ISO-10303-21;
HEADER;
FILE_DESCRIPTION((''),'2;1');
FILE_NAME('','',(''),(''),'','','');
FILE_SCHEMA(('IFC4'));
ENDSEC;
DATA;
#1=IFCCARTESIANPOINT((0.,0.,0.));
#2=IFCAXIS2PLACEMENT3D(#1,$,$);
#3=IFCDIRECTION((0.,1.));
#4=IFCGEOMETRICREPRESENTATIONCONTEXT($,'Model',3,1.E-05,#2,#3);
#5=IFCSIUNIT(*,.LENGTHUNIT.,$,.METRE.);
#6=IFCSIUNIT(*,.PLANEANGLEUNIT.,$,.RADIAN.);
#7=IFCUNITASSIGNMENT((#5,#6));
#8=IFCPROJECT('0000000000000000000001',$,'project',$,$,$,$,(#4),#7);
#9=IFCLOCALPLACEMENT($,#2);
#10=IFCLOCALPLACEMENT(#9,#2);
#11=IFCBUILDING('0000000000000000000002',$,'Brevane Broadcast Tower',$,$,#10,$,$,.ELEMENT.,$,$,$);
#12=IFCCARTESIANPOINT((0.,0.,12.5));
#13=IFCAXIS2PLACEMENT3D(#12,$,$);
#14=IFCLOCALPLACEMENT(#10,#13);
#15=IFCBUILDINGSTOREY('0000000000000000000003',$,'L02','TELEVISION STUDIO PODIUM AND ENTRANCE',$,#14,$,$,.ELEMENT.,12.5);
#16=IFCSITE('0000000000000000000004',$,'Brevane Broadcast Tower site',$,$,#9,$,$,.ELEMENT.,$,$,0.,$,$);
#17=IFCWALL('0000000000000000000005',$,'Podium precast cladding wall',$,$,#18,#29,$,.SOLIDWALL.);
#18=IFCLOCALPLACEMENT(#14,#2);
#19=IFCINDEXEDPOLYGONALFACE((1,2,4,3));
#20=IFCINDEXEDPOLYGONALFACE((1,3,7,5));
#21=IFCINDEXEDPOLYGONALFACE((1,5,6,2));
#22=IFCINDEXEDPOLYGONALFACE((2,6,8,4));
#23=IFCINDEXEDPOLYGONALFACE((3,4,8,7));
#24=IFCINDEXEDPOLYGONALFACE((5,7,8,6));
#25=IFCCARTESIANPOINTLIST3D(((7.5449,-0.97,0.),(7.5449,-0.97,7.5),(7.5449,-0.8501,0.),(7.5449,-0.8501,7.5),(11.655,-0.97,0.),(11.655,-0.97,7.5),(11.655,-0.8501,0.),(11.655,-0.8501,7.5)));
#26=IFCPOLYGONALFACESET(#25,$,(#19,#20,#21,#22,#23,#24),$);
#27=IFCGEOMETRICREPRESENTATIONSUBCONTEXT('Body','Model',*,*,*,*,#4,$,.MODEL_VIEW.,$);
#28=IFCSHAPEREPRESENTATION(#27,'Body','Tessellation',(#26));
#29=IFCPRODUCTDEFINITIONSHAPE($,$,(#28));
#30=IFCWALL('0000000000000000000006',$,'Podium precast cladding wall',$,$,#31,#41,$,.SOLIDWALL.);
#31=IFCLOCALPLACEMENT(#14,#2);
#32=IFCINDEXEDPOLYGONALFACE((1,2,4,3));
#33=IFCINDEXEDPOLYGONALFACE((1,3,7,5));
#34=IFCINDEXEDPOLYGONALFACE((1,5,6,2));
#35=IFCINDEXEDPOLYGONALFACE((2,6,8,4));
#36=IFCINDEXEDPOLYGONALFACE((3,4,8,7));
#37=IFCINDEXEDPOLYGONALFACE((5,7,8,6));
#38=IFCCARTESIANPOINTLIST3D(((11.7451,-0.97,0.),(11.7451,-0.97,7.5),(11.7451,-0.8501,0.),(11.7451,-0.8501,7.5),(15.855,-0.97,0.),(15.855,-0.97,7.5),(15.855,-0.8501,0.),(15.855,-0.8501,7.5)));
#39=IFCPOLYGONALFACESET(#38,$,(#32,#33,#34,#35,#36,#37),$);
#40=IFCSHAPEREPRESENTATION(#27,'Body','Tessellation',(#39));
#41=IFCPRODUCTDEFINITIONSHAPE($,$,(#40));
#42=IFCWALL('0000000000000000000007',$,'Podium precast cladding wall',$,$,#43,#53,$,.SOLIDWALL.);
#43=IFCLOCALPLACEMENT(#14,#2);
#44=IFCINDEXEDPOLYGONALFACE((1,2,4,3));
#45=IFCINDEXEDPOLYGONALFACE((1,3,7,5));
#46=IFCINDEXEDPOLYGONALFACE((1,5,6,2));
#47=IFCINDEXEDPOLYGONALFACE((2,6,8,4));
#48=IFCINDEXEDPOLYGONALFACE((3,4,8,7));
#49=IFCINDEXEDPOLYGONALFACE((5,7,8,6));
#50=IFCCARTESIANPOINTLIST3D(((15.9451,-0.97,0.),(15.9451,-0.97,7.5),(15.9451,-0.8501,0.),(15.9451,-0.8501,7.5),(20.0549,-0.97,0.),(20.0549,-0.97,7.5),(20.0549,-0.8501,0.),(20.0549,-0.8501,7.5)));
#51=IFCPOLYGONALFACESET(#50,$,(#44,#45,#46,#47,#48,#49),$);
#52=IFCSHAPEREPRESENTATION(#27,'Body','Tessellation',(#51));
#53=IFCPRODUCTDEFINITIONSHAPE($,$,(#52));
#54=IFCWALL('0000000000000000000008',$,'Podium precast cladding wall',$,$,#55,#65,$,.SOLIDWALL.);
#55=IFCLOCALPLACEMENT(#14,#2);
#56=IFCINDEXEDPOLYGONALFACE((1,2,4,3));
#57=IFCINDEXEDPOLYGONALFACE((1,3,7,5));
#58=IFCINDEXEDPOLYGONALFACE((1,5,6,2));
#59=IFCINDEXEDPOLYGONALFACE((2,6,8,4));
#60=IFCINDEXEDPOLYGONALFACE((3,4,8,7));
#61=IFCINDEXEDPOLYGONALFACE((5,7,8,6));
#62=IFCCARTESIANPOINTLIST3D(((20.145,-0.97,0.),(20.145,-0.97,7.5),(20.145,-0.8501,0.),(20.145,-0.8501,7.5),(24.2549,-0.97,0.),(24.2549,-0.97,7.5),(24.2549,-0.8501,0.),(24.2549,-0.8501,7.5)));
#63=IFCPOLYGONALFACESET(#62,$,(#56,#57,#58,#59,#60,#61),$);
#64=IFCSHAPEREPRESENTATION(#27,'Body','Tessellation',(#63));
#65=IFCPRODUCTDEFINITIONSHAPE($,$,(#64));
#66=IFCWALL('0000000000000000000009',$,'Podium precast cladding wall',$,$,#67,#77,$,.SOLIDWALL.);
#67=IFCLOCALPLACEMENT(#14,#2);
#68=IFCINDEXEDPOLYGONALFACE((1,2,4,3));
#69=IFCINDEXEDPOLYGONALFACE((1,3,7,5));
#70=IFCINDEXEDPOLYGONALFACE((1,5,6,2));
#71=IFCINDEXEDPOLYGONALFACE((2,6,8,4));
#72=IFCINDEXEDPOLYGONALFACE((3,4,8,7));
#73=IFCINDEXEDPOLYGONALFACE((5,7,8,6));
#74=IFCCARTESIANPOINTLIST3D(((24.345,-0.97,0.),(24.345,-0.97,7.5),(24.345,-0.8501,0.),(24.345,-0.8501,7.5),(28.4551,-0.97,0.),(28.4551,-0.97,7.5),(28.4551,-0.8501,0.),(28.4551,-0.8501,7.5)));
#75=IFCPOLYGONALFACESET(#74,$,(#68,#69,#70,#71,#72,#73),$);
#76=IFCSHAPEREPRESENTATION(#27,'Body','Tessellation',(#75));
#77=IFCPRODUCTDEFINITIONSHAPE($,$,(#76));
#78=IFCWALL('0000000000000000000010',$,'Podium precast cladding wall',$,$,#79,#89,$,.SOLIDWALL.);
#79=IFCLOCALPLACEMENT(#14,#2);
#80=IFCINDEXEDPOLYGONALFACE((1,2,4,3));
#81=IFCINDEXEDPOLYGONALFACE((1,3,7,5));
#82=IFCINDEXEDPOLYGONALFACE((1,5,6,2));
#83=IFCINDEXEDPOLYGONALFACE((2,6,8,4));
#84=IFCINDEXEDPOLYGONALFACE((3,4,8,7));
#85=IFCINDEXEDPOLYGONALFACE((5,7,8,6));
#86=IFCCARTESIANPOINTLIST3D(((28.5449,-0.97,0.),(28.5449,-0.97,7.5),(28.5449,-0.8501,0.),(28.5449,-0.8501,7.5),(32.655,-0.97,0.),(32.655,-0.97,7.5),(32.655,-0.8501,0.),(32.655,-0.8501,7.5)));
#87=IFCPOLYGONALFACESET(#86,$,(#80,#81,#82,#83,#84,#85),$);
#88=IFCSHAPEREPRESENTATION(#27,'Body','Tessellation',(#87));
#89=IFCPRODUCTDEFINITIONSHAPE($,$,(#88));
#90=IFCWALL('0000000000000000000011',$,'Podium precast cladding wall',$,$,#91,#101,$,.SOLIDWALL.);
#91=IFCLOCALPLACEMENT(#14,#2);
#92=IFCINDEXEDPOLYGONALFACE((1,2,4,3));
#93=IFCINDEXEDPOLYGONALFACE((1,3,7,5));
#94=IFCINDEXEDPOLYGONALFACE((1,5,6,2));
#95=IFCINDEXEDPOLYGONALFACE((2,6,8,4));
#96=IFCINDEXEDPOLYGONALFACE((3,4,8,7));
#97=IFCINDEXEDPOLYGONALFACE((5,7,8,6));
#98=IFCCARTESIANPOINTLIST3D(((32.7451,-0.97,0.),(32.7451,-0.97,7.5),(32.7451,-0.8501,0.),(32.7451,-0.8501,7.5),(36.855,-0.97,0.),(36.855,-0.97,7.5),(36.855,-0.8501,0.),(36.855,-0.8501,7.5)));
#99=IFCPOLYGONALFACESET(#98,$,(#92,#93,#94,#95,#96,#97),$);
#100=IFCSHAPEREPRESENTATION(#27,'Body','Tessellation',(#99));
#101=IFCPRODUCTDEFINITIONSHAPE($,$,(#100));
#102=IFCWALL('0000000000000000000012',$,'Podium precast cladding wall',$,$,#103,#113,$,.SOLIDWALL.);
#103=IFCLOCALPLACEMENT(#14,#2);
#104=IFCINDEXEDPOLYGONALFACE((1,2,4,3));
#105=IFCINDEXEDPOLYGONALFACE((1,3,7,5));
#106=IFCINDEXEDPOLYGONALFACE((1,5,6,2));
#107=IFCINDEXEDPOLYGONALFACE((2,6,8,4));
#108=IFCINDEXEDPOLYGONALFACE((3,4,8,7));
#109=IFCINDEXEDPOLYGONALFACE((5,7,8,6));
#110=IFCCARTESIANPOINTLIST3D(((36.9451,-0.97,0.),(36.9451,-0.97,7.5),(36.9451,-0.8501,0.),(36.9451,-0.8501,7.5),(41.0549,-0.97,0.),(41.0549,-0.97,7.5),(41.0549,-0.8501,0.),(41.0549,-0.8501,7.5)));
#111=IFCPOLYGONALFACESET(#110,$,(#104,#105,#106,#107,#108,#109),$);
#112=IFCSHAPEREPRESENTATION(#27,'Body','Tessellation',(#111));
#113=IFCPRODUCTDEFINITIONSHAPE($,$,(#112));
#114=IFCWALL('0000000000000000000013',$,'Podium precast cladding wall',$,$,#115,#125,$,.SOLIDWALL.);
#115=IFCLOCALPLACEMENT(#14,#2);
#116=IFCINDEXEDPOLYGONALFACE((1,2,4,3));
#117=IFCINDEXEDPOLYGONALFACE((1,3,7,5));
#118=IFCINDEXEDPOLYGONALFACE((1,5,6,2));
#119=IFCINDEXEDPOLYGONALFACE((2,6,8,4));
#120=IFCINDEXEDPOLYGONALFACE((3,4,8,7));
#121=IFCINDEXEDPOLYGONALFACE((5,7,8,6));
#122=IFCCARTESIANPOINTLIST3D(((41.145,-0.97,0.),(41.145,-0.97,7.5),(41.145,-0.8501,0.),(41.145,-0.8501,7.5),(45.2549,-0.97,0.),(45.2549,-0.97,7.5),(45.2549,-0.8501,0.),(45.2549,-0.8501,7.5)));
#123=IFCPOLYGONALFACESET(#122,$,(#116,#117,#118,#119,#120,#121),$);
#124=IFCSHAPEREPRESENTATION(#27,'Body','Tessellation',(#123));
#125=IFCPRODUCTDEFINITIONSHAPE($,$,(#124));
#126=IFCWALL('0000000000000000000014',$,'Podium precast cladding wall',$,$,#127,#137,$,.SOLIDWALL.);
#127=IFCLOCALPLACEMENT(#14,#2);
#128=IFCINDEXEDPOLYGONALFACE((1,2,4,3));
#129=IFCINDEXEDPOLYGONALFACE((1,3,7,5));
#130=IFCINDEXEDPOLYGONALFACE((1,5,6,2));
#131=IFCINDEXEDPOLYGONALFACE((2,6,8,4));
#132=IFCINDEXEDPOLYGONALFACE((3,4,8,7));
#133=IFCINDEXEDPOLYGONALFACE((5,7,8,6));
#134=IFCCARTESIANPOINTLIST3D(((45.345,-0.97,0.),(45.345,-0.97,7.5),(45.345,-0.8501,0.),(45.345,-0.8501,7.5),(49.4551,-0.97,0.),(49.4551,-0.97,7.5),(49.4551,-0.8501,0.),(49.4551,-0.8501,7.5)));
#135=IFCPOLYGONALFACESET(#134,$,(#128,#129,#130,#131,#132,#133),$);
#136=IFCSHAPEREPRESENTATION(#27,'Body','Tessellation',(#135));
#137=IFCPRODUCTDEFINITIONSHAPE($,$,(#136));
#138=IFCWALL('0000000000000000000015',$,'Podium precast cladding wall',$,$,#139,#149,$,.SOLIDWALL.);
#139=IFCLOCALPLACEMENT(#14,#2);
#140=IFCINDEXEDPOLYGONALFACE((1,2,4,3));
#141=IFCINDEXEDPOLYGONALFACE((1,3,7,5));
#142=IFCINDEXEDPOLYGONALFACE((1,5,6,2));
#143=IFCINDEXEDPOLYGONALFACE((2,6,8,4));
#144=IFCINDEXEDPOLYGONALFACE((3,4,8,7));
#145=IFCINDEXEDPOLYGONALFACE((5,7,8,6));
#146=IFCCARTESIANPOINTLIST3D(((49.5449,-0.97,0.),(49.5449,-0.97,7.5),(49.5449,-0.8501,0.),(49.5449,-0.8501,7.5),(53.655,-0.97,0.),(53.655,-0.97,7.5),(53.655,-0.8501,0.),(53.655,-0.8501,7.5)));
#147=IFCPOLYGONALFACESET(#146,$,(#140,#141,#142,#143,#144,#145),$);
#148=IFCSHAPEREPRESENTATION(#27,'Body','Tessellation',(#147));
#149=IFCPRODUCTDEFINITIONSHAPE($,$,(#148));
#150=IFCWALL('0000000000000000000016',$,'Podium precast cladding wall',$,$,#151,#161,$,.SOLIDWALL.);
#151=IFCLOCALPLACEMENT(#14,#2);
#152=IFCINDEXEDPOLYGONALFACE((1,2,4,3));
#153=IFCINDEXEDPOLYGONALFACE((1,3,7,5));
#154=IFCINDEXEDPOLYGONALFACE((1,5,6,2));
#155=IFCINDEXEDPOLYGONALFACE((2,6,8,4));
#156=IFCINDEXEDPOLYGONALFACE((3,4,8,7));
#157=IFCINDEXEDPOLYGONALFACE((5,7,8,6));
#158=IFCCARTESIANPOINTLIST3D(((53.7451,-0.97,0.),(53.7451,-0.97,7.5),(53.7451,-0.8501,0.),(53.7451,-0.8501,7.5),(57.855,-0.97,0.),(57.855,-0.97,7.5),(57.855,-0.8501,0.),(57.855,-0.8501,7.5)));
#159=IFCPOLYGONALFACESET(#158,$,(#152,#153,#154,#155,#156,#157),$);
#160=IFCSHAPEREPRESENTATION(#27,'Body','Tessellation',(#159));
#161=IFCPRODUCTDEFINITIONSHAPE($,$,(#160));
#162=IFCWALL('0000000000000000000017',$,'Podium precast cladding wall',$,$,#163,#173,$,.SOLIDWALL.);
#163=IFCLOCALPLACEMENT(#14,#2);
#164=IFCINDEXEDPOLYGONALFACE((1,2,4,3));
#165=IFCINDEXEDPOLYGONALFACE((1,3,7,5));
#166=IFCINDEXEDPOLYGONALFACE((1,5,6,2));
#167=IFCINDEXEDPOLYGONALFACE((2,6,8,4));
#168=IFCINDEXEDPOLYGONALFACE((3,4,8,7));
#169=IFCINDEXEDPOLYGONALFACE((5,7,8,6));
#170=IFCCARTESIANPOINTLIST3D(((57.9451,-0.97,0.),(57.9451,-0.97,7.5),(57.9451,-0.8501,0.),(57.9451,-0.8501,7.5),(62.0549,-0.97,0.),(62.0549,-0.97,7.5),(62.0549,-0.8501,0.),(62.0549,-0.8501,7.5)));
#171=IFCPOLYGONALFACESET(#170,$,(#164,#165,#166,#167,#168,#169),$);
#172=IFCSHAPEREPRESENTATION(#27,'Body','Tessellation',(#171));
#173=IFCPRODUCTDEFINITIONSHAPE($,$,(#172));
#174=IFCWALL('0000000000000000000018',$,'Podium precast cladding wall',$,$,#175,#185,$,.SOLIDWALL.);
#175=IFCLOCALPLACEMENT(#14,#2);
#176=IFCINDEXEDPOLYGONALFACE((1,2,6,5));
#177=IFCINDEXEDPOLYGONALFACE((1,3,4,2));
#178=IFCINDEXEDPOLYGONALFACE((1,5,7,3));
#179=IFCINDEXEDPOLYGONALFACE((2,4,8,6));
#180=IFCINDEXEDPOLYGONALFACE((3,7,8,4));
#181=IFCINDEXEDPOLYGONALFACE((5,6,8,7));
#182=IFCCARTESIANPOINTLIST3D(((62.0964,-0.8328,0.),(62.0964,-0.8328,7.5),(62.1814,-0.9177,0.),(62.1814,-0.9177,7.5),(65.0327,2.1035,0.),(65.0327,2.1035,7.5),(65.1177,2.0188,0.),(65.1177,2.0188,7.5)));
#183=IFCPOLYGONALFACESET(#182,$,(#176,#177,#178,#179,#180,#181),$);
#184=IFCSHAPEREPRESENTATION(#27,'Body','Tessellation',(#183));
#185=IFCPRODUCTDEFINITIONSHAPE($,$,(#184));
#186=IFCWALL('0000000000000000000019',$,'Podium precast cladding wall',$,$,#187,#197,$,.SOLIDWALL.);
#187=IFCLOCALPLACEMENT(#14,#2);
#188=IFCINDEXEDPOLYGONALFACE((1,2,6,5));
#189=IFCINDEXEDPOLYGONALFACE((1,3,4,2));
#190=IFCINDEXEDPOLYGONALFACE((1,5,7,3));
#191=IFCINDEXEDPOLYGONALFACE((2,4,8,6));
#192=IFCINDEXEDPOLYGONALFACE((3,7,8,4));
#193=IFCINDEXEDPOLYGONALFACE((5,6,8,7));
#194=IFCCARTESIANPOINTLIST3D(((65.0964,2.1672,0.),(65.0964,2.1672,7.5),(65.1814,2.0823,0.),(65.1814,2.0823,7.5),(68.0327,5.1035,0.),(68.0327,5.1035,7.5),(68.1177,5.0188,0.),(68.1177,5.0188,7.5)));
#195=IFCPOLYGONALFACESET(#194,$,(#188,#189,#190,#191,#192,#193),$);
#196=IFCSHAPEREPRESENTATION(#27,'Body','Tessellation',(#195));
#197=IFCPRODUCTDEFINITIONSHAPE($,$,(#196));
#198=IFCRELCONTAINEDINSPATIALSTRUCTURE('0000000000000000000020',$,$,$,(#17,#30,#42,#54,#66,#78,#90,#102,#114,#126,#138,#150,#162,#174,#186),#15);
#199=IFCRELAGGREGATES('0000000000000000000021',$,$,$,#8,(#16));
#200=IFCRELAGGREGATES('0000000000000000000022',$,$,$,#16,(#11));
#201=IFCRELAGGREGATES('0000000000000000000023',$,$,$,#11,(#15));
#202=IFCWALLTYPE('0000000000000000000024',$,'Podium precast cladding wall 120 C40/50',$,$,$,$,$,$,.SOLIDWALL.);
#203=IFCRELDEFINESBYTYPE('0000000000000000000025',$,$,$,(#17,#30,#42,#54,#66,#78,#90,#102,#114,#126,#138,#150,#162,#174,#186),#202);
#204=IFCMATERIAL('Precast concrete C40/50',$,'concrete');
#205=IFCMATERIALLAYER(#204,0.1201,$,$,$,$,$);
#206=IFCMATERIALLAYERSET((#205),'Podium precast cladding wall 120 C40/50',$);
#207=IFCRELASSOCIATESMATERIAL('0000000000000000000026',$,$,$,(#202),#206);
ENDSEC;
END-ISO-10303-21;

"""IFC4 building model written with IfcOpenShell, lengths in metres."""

from ifc_helpers import new_model, si_unit, direction, frame, origin, place, context, subcontext, project, spatial, polyline, outline, extrude, material, layer, layer_set, type_object, element, save


model = new_model("IFC4")

# Units and contexts
model_context = context("Model", 3, precision=1e-05, world=origin(), true_north=direction((0.0, 1.0)))
body_context = subcontext(model_context, "Body", "Model", "MODEL_VIEW")
ifc_project = project(units=[si_unit("LENGTHUNIT", "METRE"), si_unit("PLANEANGLEUNIT", "RADIAN")], contexts=[model_context])

# Site, building, storey
site_placement = place(None, origin())
site = spatial("IfcSite", under=ifc_project, at=site_placement, Name="Brevane Broadcast Tower site", CompositionType="ELEMENT", RefElevation=0.0)
building_placement = place(site_placement, origin())
building = spatial("IfcBuilding", under=site, at=building_placement, Name="Brevane Broadcast Tower", CompositionType="ELEMENT")
storey_placement = place(building_placement, frame((0.0, 0.0, 12.5)))
storey = spatial("IfcBuildingStorey", under=building, at=storey_placement, Name="L02", Description="TELEVISION STUDIO PODIUM AND ENTRANCE", CompositionType="ELEMENT", Elevation=12.5)

# Walls
ifc_material = material(Name="Precast concrete C40/50", Category="concrete")
ifc_layer = layer(ifc_material, 0.1201)
ifc_layer_set = layer_set([ifc_layer], Name="Podium precast cladding wall 120 C40/50")
wall_type = type_object("IfcWallType", Name="Podium precast cladding wall 120 C40/50", PredefinedType="SOLIDWALL", material=ifc_layer_set)
wall_1_placement = place(storey_placement, origin())
element("IfcWall", 1, at=wall_1_placement, inside=storey, type_object=wall_type, Name="Podium precast cladding wall", PredefinedType="SOLIDWALL", context=body_context, shape_type="SweptSolid", body=[
    extrude(outline(polyline([(11.655, -0.97), (11.655, -0.8501), (7.5449, -0.8501), (7.5449, -0.97), (11.655, -0.97)])), origin(), (0.0, 0.0, 1.0), 7.5),
])
wall_2_placement = place(storey_placement, origin())
element("IfcWall", 2, at=wall_2_placement, inside=storey, type_object=wall_type, Name="Podium precast cladding wall", PredefinedType="SOLIDWALL", context=body_context, shape_type="SweptSolid", body=[
    extrude(outline(polyline([(15.855, -0.97), (15.855, -0.8501), (11.7451, -0.8501), (11.7451, -0.97), (15.855, -0.97)])), origin(), (0.0, 0.0, 1.0), 7.5),
])
wall_3_placement = place(storey_placement, origin())
element("IfcWall", 3, at=wall_3_placement, inside=storey, type_object=wall_type, Name="Podium precast cladding wall", PredefinedType="SOLIDWALL", context=body_context, shape_type="SweptSolid", body=[
    extrude(outline(polyline([(20.0549, -0.97), (20.0549, -0.8501), (15.9451, -0.8501), (15.9451, -0.97), (20.0549, -0.97)])), origin(), (0.0, 0.0, 1.0), 7.5),
])
wall_4_placement = place(storey_placement, origin())
element("IfcWall", 4, at=wall_4_placement, inside=storey, type_object=wall_type, Name="Podium precast cladding wall", PredefinedType="SOLIDWALL", context=body_context, shape_type="SweptSolid", body=[
    extrude(outline(polyline([(24.2549, -0.97), (24.2549, -0.8501), (20.145, -0.8501), (20.145, -0.97), (24.2549, -0.97)])), origin(), (0.0, 0.0, 1.0), 7.5),
])
wall_5_placement = place(storey_placement, origin())
element("IfcWall", 5, at=wall_5_placement, inside=storey, type_object=wall_type, Name="Podium precast cladding wall", PredefinedType="SOLIDWALL", context=body_context, shape_type="SweptSolid", body=[
    extrude(outline(polyline([(28.4551, -0.97), (28.4551, -0.8501), (24.345, -0.8501), (24.345, -0.97), (28.4551, -0.97)])), origin(), (0.0, 0.0, 1.0), 7.5),
])
wall_6_placement = place(storey_placement, origin())
element("IfcWall", 6, at=wall_6_placement, inside=storey, type_object=wall_type, Name="Podium precast cladding wall", PredefinedType="SOLIDWALL", context=body_context, shape_type="SweptSolid", body=[
    extrude(outline(polyline([(32.655, -0.97), (32.655, -0.8501), (28.5449, -0.8501), (28.5449, -0.97), (32.655, -0.97)])), origin(), (0.0, 0.0, 1.0), 7.5),
])
wall_7_placement = place(storey_placement, origin())
element("IfcWall", 7, at=wall_7_placement, inside=storey, type_object=wall_type, Name="Podium precast cladding wall", PredefinedType="SOLIDWALL", context=body_context, shape_type="SweptSolid", body=[
    extrude(outline(polyline([(36.855, -0.97), (36.855, -0.8501), (32.7451, -0.8501), (32.7451, -0.97), (36.855, -0.97)])), origin(), (0.0, 0.0, 1.0), 7.5),
])
wall_8_placement = place(storey_placement, origin())
element("IfcWall", 8, at=wall_8_placement, inside=storey, type_object=wall_type, Name="Podium precast cladding wall", PredefinedType="SOLIDWALL", context=body_context, shape_type="SweptSolid", body=[
    extrude(outline(polyline([(41.0549, -0.97), (41.0549, -0.8501), (36.9451, -0.8501), (36.9451, -0.97), (41.0549, -0.97)])), origin(), (0.0, 0.0, 1.0), 7.5),
])
wall_9_placement = place(storey_placement, origin())
element("IfcWall", 9, at=wall_9_placement, inside=storey, type_object=wall_type, Name="Podium precast cladding wall", PredefinedType="SOLIDWALL", context=body_context, shape_type="SweptSolid", body=[
    extrude(outline(polyline([(45.2549, -0.97), (45.2549, -0.8501), (41.145, -0.8501), (41.145, -0.97), (45.2549, -0.97)])), origin(), (0.0, 0.0, 1.0), 7.5),
])
wall_10_placement = place(storey_placement, origin())
element("IfcWall", 10, at=wall_10_placement, inside=storey, type_object=wall_type, Name="Podium precast cladding wall", PredefinedType="SOLIDWALL", context=body_context, shape_type="SweptSolid", body=[
    extrude(outline(polyline([(49.4551, -0.97), (49.4551, -0.8501), (45.345, -0.8501), (45.345, -0.97), (49.4551, -0.97)])), origin(), (0.0, 0.0, 1.0), 7.5),
])
wall_11_placement = place(storey_placement, origin())
element("IfcWall", 11, at=wall_11_placement, inside=storey, type_object=wall_type, Name="Podium precast cladding wall", PredefinedType="SOLIDWALL", context=body_context, shape_type="SweptSolid", body=[
    extrude(outline(polyline([(53.655, -0.97), (53.655, -0.8501), (49.5449, -0.8501), (49.5449, -0.97), (53.655, -0.97)])), origin(), (0.0, 0.0, 1.0), 7.5),
])
wall_12_placement = place(storey_placement, origin())
element("IfcWall", 12, at=wall_12_placement, inside=storey, type_object=wall_type, Name="Podium precast cladding wall", PredefinedType="SOLIDWALL", context=body_context, shape_type="SweptSolid", body=[
    extrude(outline(polyline([(57.855, -0.97), (57.855, -0.8501), (53.7451, -0.8501), (53.7451, -0.97), (57.855, -0.97)])), origin(), (0.0, 0.0, 1.0), 7.5),
])
wall_13_placement = place(storey_placement, origin())
element("IfcWall", 13, at=wall_13_placement, inside=storey, type_object=wall_type, Name="Podium precast cladding wall", PredefinedType="SOLIDWALL", context=body_context, shape_type="SweptSolid", body=[
    extrude(outline(polyline([(62.0549, -0.97), (62.0549, -0.8501), (57.9451, -0.8501), (57.9451, -0.97), (62.0549, -0.97)])), origin(), (0.0, 0.0, 1.0), 7.5),
])
wall_14_placement = place(storey_placement, origin())
element("IfcWall", 14, at=wall_14_placement, inside=storey, type_object=wall_type, Name="Podium precast cladding wall", PredefinedType="SOLIDWALL", context=body_context, shape_type="SweptSolid", body=[
    extrude(outline(polyline([(62.0964, -0.8328), (65.0327, 2.1035), (65.1177, 2.0188), (62.1814, -0.9177), (62.0964, -0.8328)])), origin(), (0.0, 0.0, 1.0), 7.5),
])
wall_15_placement = place(storey_placement, origin())
element("IfcWall", 15, at=wall_15_placement, inside=storey, type_object=wall_type, Name="Podium precast cladding wall", PredefinedType="SOLIDWALL", context=body_context, shape_type="SweptSolid", body=[
    extrude(outline(polyline([(65.0964, 2.1672), (68.0327, 5.1035), (68.1177, 5.0188), (65.1814, 2.0823), (65.0964, 2.1672)])), origin(), (0.0, 0.0, 1.0), 7.5),
])

save(model, "model.ifc")
